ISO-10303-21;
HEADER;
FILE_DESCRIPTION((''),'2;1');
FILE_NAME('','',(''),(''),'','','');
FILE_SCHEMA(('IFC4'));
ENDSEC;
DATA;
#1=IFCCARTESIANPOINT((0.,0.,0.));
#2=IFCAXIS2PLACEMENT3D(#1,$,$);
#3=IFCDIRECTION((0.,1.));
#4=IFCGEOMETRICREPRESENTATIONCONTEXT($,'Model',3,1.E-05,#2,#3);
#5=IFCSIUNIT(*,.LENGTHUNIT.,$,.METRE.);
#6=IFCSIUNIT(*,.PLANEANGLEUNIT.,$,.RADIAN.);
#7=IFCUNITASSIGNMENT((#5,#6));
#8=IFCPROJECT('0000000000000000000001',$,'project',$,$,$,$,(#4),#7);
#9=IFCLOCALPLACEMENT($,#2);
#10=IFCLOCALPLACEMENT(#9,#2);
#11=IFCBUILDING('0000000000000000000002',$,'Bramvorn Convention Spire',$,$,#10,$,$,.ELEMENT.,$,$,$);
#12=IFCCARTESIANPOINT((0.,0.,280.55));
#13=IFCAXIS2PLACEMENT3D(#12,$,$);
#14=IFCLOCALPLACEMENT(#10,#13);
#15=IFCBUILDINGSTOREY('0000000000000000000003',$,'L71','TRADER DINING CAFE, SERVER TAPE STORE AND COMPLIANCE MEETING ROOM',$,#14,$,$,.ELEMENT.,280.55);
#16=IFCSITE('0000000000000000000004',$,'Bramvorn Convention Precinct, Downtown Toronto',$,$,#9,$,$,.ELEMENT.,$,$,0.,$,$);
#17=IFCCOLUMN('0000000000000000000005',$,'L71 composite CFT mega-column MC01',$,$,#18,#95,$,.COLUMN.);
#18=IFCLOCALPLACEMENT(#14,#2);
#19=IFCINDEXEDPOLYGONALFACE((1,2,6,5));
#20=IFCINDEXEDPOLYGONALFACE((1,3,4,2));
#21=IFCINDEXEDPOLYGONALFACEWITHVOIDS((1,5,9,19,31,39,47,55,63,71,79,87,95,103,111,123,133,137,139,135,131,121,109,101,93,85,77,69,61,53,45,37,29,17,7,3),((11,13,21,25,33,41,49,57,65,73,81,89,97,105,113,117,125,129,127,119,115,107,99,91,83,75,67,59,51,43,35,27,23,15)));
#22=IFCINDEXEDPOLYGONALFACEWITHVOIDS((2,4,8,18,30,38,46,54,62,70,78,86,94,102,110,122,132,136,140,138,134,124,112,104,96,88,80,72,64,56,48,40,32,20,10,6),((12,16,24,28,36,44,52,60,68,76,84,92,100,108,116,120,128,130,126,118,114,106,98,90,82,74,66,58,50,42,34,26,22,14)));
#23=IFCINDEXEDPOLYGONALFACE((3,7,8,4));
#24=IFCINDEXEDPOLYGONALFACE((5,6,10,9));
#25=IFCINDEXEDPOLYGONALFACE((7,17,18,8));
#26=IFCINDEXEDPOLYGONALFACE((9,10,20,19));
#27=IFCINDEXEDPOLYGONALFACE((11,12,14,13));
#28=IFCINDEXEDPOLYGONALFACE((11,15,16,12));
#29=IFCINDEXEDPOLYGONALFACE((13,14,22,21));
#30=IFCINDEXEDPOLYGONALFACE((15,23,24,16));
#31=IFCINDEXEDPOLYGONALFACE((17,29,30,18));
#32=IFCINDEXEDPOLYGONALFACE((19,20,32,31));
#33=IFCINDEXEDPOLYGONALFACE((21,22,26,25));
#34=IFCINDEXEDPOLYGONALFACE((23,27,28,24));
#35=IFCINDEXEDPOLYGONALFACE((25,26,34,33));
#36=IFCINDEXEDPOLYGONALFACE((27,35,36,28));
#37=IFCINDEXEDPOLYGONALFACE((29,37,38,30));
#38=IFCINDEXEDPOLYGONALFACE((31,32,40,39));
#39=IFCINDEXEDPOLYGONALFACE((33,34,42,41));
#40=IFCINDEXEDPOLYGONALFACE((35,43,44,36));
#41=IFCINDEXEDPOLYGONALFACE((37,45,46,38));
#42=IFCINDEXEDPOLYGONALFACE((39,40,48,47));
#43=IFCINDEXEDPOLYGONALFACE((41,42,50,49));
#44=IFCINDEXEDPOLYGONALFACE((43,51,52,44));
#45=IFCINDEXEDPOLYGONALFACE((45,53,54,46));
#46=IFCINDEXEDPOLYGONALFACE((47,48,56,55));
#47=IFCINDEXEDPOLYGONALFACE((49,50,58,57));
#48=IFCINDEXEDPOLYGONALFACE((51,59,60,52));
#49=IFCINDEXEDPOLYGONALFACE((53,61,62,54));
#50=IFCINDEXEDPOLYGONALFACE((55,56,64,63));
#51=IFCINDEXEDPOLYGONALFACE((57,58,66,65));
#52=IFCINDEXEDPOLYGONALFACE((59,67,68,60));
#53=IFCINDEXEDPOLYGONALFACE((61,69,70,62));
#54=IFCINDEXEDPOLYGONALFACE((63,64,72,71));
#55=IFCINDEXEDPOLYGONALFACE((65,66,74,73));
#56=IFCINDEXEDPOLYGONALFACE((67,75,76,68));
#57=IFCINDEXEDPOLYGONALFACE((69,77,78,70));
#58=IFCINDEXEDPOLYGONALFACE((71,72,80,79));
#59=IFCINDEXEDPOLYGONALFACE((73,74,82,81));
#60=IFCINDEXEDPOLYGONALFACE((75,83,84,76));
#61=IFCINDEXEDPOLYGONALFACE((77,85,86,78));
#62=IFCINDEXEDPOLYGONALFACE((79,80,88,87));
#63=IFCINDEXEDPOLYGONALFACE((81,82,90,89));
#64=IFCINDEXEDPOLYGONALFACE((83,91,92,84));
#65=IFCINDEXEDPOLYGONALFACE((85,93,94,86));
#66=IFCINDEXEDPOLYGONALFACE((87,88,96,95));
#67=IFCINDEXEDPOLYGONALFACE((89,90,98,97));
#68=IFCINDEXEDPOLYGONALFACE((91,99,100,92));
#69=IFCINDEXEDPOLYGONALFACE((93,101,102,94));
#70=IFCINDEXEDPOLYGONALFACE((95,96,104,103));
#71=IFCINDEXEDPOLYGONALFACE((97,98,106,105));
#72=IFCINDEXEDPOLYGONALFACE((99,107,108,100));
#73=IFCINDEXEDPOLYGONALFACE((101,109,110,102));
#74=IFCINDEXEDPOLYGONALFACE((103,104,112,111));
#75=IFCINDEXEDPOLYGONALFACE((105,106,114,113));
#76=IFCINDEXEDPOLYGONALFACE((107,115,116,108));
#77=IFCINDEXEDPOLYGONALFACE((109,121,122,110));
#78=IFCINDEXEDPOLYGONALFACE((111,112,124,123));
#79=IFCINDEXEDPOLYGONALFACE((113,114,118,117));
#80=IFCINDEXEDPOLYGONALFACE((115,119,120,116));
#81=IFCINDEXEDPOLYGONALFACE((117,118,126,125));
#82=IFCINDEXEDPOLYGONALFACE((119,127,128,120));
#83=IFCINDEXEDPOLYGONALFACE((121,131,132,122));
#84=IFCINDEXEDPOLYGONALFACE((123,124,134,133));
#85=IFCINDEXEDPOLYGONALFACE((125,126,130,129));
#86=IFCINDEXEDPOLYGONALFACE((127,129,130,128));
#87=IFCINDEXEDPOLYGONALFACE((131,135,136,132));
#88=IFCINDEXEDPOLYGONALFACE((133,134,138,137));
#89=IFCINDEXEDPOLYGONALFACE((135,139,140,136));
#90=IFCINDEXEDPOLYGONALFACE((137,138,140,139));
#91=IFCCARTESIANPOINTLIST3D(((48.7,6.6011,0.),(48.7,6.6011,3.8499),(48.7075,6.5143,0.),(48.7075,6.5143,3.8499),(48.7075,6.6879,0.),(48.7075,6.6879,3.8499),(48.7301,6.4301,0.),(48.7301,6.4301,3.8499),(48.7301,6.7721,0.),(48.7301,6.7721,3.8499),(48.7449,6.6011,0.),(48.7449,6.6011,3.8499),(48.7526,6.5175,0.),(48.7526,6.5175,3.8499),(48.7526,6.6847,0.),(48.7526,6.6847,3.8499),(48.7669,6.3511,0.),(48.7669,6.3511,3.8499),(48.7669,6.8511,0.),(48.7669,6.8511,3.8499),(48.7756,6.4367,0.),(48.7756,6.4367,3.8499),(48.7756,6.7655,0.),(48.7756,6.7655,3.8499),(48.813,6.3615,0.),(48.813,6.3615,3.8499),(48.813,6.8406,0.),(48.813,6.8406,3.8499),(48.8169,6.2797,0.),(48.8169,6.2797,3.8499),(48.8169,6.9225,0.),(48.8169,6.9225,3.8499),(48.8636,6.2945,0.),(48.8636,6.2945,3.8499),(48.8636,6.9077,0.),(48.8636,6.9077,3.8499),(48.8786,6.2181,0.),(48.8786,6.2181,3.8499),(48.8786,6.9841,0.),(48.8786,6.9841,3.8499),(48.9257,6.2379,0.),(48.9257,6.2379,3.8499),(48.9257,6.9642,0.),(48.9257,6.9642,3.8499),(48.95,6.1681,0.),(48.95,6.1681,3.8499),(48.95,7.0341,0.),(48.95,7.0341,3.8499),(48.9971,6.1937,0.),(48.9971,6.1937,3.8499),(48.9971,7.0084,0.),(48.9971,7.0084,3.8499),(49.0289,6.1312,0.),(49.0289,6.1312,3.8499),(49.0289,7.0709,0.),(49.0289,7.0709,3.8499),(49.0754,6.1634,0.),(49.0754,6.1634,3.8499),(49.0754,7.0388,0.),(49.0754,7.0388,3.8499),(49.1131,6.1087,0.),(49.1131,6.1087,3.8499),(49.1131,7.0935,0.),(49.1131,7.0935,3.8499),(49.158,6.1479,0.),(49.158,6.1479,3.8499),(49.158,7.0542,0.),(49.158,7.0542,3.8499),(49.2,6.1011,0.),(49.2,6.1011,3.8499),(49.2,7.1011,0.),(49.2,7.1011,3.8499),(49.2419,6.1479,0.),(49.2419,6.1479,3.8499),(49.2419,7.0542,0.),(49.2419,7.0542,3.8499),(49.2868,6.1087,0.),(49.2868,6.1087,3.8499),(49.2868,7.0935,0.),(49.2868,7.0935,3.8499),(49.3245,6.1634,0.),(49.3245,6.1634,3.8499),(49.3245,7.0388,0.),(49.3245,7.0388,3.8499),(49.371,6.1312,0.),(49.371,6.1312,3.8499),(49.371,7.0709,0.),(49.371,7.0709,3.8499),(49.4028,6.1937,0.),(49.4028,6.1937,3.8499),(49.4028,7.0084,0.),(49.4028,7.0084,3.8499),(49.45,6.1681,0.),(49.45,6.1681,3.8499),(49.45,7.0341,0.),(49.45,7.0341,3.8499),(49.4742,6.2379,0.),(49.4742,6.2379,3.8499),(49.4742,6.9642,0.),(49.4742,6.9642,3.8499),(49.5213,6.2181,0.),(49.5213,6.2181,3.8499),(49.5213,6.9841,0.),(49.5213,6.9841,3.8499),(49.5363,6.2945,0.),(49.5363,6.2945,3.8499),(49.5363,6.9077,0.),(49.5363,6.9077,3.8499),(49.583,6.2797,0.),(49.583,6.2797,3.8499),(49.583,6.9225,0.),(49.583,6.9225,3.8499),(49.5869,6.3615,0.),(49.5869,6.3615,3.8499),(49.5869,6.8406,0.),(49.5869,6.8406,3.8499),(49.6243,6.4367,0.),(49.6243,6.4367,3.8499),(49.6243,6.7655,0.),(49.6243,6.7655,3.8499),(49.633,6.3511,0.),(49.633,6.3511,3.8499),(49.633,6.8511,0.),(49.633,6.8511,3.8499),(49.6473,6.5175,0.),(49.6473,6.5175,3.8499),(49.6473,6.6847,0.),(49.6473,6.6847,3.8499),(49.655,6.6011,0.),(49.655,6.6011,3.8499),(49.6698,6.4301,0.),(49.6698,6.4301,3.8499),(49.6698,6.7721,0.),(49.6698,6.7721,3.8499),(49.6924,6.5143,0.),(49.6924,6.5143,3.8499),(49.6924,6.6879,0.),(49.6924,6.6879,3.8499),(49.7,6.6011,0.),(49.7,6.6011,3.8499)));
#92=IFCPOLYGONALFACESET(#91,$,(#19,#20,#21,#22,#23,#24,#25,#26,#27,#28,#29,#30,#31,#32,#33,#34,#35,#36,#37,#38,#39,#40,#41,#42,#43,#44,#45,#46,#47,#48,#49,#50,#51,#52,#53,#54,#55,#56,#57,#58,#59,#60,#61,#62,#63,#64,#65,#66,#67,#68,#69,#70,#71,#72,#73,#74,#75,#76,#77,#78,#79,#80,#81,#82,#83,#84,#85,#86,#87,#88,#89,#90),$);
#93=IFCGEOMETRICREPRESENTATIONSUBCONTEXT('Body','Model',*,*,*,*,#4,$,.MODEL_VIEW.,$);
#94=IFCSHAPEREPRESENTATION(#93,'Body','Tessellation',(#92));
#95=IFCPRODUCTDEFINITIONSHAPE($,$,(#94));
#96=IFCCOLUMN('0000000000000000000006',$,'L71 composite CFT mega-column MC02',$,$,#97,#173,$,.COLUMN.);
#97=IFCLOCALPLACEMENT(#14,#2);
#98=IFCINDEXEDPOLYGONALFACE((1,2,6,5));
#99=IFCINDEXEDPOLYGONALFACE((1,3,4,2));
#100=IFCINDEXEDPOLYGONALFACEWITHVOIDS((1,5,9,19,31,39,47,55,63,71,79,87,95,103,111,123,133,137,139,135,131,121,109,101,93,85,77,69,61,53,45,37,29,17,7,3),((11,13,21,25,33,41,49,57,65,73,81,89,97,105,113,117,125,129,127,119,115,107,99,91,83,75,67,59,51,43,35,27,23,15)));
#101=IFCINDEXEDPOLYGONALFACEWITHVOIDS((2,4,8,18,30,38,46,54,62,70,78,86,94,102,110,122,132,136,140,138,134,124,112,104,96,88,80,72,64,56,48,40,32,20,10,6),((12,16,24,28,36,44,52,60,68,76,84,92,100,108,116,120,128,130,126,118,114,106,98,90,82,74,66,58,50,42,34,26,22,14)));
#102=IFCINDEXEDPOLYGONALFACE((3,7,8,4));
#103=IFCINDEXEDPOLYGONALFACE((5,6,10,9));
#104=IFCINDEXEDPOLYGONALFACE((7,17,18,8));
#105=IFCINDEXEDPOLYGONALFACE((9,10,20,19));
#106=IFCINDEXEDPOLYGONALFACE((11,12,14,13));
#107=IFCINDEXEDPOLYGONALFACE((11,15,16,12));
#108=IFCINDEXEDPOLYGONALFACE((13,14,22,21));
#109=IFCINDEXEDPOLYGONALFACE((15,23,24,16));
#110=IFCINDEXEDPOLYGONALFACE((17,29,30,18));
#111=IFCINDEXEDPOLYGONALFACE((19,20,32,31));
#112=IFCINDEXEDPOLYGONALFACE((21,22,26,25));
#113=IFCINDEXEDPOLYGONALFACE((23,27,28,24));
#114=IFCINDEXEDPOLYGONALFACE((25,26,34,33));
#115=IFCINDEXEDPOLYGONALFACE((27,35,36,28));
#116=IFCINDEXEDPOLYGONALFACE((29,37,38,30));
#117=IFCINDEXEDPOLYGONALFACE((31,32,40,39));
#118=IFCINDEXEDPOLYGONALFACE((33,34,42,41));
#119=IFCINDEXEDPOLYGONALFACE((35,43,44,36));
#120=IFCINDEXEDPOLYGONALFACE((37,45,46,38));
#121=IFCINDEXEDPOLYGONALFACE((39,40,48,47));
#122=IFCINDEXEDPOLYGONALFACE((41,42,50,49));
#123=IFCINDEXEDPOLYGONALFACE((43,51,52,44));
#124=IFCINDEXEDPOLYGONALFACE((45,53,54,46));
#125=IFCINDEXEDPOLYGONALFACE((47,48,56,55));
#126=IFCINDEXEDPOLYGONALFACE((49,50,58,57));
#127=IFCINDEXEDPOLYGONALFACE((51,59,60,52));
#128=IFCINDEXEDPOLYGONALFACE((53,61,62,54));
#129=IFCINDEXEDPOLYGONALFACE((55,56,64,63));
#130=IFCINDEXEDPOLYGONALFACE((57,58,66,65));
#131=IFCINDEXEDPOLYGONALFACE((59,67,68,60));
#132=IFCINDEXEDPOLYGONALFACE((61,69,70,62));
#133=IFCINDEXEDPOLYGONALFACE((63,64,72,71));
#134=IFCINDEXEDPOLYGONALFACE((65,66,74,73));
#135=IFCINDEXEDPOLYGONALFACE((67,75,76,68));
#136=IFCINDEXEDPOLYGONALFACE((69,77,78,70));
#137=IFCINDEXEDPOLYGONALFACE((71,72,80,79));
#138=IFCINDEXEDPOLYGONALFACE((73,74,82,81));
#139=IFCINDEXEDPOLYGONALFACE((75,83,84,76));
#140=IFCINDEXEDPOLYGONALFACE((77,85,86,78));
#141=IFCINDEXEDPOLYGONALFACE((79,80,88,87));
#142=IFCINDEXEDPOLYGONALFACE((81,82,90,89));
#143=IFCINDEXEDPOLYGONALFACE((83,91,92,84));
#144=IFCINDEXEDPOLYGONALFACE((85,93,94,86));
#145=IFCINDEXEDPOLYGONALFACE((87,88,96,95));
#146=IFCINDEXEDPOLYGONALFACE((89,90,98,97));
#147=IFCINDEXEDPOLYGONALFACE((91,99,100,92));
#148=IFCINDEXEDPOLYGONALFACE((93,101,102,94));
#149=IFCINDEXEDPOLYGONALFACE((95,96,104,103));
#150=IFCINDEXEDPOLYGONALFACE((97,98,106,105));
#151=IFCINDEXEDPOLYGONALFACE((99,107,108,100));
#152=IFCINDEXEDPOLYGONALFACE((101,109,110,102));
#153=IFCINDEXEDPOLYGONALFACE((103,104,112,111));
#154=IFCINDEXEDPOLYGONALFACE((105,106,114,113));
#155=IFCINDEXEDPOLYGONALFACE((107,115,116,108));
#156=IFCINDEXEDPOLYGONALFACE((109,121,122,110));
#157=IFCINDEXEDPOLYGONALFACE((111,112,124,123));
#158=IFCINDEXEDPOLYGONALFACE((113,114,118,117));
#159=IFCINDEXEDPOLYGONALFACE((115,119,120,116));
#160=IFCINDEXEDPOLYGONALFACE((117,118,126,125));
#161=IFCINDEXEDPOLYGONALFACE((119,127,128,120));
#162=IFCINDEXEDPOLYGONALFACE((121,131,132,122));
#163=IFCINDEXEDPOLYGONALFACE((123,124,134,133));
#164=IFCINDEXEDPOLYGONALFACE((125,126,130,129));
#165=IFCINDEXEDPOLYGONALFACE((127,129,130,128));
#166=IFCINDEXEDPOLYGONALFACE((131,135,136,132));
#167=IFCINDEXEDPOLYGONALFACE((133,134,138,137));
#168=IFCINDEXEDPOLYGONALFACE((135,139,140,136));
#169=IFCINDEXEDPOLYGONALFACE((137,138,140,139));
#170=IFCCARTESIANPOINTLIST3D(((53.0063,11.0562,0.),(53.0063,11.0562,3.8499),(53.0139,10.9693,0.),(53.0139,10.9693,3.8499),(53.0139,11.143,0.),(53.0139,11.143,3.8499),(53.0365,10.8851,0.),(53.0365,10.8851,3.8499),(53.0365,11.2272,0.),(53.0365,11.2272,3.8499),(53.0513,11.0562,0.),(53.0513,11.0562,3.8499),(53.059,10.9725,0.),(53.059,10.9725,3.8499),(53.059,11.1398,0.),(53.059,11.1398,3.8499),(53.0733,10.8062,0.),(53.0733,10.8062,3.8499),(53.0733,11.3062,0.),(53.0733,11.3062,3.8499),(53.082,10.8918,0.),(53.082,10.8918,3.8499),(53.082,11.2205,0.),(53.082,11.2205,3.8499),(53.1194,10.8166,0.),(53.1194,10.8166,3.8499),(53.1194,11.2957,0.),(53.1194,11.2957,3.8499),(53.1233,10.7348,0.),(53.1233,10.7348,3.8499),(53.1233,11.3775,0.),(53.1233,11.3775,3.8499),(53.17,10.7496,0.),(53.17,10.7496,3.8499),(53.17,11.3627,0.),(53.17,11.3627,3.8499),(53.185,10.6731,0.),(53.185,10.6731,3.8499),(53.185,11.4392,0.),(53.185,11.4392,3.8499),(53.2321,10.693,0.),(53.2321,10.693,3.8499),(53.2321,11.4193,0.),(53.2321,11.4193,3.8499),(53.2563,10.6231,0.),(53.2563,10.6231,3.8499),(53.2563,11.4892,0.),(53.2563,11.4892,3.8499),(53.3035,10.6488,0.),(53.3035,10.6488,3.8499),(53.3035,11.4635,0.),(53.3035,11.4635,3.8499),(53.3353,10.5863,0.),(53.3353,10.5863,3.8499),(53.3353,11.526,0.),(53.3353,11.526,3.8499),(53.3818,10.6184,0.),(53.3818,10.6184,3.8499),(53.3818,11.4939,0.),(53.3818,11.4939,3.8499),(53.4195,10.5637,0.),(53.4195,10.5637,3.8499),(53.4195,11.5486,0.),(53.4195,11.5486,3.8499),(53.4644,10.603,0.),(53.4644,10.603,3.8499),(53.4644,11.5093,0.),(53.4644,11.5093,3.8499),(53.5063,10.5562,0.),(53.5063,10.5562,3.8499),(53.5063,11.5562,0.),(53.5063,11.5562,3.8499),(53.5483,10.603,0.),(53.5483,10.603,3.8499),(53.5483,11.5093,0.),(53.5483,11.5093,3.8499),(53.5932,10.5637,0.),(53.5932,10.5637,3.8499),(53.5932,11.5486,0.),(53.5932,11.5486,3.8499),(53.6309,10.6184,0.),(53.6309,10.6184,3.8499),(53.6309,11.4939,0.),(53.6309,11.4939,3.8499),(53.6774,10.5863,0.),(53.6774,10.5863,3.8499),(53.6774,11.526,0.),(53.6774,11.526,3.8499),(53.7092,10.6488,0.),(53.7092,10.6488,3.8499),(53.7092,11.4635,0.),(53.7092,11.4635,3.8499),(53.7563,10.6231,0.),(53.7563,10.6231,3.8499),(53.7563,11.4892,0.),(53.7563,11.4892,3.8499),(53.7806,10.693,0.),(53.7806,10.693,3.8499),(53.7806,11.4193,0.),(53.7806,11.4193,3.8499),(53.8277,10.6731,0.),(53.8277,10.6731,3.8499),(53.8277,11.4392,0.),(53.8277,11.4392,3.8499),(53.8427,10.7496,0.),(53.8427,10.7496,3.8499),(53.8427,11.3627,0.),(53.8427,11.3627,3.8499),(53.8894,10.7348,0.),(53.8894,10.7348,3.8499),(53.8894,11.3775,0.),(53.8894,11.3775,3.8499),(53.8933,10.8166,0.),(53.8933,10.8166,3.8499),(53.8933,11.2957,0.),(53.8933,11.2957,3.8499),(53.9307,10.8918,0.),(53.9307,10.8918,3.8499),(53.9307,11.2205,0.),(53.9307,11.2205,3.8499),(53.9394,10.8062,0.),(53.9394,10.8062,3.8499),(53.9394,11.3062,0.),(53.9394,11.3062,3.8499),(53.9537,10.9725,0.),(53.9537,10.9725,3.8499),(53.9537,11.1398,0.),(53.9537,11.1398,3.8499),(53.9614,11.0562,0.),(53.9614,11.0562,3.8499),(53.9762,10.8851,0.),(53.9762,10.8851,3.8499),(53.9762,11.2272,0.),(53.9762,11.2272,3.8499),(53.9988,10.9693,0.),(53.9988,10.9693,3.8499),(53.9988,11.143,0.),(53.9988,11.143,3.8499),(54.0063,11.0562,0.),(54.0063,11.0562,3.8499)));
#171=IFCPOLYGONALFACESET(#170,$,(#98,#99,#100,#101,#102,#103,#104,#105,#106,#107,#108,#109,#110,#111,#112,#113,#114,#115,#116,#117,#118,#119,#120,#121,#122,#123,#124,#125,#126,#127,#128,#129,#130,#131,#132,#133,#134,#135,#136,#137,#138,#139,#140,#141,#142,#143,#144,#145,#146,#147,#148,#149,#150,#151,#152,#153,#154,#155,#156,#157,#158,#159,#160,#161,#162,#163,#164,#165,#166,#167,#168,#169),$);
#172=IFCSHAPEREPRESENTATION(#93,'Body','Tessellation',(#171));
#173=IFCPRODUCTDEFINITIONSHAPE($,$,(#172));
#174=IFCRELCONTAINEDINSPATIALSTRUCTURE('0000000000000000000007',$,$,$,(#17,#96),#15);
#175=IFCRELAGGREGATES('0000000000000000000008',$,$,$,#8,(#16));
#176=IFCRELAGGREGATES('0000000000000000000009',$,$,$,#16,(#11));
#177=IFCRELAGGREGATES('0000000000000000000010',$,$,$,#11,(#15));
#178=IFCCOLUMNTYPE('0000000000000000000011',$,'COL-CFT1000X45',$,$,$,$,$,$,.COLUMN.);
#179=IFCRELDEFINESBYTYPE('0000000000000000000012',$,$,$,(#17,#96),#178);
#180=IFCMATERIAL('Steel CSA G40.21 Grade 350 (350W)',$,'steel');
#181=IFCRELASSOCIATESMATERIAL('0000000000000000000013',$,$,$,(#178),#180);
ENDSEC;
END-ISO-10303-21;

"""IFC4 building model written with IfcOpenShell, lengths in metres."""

from ifc_helpers import new_model, si_unit, direction, frame, origin, origin_2d, place, context, subcontext, project, spatial, hollow_circle, extrude, material, material_profile, profile_set, type_object, element, save


model = new_model("IFC4")

# Units and contexts
model_context = context("Model", 3, precision=1e-05, world=origin(), true_north=direction((0.0, 1.0)))
body_context = subcontext(model_context, "Body", "Model", "MODEL_VIEW")
ifc_project = project(units=[si_unit("LENGTHUNIT", "METRE"), si_unit("PLANEANGLEUNIT", "RADIAN")], contexts=[model_context])

# Site, building, storey
site_placement = place(None, origin())
site = spatial("IfcSite", under=ifc_project, at=site_placement, Name="Bramvorn Convention Precinct, Downtown Toronto", CompositionType="ELEMENT", RefElevation=0.0)
building_placement = place(site_placement, origin())
building = spatial("IfcBuilding", under=site, at=building_placement, Name="Bramvorn Convention Spire", CompositionType="ELEMENT")
storey_placement = place(building_placement, frame((0.0, 0.0, 280.55)))
storey = spatial("IfcBuildingStorey", under=building, at=storey_placement, Name="L71", Description="TRADER DINING CAFE, SERVER TAPE STORE AND COMPLIANCE MEETING ROOM", CompositionType="ELEMENT", Elevation=280.55)

# Columns
ifc_material_1 = material(Name="Steel CSA G40.21 Grade 350 (350W)", Category="steel")
ifc_material_profile_1 = material_profile(ifc_material_1, hollow_circle(Radius=0.5, WallThickness=0.0449, at=origin_2d()))
ifc_profile_set_1 = profile_set([ifc_material_profile_1], Name="Steel CSA G40.21 Grade 350 (350W) - CFT1000X45")
column_type = type_object("IfcColumnType", Name="COL-CFT1000X45", PredefinedType="COLUMN", material=ifc_profile_set_1)
for number, where, z_axis, x_axis, name in (
    (1, (49.2, 6.6011, 0.0), (0.0, 0.0, 1.0), (1.0, 0.0, 0.0), "L71 composite CFT mega-column MC01"),
    (2, (53.5063, 11.0562, 0.0), (0.0, 0.0, 1.0), (1.0, 0.0, 0.0), "L71 composite CFT mega-column MC02"),
):
    element("IfcColumn", number, at=place(storey_placement, frame(where, z_axis=z_axis, x_axis=x_axis)), inside=storey, type_object=column_type, Name=name, PredefinedType="COLUMN", context=body_context, shape_type="SweptSolid", body=[
        extrude(hollow_circle(Radius=0.5, WallThickness=0.0449, at=origin_2d()), origin(), (0.0, 0.0, 1.0), 3.8499),
    ])

save(model, "model.ifc")
